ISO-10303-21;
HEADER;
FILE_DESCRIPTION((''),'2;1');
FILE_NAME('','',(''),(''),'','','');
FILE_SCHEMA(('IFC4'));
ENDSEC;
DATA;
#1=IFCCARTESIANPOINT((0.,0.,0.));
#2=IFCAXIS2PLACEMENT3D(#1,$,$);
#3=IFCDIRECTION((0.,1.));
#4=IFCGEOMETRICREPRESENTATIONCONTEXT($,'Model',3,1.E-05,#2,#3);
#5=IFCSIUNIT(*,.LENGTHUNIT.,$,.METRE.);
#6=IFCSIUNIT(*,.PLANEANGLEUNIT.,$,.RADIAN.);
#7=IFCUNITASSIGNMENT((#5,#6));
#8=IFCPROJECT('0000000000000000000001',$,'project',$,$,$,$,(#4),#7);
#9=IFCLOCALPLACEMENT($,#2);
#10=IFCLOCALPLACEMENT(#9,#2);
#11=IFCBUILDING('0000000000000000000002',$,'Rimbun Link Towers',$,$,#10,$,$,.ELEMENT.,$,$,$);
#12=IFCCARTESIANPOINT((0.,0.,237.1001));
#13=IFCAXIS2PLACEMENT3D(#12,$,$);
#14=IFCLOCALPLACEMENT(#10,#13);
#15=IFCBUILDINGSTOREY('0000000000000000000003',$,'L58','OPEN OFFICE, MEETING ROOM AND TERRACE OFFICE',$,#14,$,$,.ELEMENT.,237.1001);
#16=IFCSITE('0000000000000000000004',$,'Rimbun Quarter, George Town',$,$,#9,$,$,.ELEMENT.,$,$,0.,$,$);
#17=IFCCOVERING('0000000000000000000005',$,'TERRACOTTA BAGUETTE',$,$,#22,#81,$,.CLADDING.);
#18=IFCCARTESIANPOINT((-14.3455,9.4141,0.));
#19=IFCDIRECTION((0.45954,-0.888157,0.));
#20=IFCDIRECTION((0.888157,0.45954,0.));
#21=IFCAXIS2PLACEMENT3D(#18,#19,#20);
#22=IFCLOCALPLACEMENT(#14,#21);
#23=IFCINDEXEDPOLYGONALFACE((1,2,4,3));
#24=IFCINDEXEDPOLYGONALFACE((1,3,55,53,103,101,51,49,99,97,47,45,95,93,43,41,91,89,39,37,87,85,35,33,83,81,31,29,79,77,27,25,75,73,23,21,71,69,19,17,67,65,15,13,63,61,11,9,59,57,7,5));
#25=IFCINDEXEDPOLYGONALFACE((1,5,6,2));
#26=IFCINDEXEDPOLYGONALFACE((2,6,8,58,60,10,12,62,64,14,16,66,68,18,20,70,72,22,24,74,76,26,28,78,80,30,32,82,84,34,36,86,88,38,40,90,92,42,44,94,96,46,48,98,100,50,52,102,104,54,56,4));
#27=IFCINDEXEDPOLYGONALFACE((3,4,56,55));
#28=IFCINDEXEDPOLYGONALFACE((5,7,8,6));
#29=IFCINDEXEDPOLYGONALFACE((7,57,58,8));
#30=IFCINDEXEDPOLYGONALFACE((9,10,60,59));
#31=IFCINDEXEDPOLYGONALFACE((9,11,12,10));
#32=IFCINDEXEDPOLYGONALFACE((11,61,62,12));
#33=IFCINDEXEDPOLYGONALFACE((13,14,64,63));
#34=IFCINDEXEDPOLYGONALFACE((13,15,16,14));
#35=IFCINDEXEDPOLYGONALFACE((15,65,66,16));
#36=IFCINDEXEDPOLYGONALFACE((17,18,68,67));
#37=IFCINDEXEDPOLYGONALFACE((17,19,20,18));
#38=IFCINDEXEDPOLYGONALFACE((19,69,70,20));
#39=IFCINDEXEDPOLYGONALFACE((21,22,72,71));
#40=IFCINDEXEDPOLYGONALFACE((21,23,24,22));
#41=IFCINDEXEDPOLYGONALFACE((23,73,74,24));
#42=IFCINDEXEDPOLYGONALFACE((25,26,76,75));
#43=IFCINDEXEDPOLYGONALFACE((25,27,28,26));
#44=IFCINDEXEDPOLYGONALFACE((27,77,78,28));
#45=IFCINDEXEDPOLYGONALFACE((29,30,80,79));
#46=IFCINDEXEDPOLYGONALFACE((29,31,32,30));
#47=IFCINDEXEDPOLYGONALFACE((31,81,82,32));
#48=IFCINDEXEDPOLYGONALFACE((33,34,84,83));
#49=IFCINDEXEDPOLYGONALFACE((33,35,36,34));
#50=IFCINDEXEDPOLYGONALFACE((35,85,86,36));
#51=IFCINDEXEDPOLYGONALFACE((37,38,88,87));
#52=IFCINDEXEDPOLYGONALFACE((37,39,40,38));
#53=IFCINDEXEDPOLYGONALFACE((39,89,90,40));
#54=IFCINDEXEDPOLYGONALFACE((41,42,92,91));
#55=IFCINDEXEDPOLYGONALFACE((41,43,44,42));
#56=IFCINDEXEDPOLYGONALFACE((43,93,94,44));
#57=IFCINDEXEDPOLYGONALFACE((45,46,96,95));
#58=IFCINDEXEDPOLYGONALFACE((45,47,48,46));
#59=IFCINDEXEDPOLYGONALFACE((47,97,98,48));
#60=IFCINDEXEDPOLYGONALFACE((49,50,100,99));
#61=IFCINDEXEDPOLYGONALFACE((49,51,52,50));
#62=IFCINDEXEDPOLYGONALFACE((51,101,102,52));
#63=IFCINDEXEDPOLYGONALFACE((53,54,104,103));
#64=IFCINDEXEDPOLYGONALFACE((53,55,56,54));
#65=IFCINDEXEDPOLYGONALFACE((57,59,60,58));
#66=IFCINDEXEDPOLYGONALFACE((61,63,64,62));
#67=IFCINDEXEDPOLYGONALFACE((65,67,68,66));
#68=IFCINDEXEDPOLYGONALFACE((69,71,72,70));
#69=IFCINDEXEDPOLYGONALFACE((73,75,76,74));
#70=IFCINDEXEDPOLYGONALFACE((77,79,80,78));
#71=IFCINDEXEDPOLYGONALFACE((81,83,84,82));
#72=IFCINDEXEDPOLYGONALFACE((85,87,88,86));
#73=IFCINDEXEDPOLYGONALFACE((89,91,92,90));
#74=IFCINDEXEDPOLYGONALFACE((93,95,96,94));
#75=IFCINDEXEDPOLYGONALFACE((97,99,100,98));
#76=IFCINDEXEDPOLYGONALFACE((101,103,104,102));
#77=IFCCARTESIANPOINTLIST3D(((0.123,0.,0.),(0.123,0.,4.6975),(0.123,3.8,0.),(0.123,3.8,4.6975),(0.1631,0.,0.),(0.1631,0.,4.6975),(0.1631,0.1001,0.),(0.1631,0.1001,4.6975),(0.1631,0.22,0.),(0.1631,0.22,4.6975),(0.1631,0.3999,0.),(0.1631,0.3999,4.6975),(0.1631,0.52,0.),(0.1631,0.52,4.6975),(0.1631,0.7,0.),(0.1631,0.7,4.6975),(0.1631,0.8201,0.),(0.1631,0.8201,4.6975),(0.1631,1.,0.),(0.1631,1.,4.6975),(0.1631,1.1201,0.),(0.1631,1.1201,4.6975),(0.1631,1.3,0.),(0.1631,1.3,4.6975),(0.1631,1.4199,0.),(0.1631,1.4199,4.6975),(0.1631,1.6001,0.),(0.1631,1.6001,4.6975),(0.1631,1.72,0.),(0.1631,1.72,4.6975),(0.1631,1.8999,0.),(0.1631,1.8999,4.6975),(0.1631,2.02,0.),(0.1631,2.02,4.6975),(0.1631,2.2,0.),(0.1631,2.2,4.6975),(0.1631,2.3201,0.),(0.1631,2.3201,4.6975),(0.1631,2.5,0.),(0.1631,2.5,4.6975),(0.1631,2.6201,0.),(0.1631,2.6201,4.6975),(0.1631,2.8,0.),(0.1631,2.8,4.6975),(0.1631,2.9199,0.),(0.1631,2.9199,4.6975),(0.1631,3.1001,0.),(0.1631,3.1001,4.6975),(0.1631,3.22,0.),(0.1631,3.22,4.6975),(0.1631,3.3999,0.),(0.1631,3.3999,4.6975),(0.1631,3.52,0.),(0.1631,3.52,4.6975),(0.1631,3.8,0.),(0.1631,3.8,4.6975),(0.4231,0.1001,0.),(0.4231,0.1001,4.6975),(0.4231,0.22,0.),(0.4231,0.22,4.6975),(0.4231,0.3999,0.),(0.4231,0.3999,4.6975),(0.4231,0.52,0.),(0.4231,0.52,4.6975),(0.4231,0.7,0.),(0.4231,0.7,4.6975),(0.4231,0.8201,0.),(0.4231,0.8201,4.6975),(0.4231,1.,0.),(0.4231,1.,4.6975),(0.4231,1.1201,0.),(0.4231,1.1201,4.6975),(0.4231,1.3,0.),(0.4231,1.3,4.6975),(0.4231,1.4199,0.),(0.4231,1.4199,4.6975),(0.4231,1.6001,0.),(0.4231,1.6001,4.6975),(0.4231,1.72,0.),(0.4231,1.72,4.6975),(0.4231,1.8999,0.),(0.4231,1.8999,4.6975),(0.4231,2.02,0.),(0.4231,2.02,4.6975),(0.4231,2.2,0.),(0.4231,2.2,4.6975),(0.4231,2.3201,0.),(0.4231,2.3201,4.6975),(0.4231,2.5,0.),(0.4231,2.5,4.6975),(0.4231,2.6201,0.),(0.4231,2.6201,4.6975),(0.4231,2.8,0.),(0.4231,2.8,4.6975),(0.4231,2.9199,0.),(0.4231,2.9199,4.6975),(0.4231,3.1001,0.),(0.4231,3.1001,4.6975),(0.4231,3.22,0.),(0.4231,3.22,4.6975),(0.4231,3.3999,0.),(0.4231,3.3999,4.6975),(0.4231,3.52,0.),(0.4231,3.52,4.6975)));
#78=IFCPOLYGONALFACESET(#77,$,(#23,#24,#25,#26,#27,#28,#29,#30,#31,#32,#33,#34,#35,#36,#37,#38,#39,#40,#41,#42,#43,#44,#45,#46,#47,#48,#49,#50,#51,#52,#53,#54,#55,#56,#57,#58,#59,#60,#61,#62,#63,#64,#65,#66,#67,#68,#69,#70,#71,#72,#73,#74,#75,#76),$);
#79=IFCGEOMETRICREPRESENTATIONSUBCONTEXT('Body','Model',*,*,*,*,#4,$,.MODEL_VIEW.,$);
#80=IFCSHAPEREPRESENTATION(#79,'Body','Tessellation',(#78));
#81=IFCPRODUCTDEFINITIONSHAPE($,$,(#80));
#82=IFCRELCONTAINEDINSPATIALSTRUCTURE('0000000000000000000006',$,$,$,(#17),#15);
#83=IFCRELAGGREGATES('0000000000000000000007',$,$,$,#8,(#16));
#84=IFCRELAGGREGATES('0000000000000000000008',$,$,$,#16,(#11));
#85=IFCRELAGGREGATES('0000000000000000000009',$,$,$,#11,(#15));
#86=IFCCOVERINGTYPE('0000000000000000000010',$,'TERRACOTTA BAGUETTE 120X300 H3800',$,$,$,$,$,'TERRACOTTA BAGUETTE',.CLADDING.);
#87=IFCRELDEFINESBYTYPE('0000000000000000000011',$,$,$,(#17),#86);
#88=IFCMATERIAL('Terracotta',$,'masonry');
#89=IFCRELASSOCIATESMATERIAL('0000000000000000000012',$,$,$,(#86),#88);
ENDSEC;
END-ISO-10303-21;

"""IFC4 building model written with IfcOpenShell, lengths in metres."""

from ifc_helpers import new_model, si_unit, direction, frame, origin, place, context, subcontext, project, spatial, polyline, outline, extrude, material, material_profile, profile_set, type_object, element, save


model = new_model("IFC4")

# Units and contexts
model_context = context("Model", 3, precision=1e-05, world=origin(), true_north=direction((0.0, 1.0)))
body_context = subcontext(model_context, "Body", "Model", "MODEL_VIEW")
ifc_project = project(units=[si_unit("LENGTHUNIT", "METRE"), si_unit("PLANEANGLEUNIT", "RADIAN")], contexts=[model_context])

# Site, building, storey
site_placement = place(None, origin())
site = spatial("IfcSite", under=ifc_project, at=site_placement, Name="Rimbun Quarter, George Town", CompositionType="ELEMENT", RefElevation=0.0)
building_placement = place(site_placement, origin())
building = spatial("IfcBuilding", under=site, at=building_placement, Name="Rimbun Link Towers", CompositionType="ELEMENT")
storey_placement = place(building_placement, frame((0.0, 0.0, 237.1001)))
storey = spatial("IfcBuildingStorey", under=building, at=storey_placement, Name="L58", Description="OPEN OFFICE, MEETING ROOM AND TERRACE OFFICE", CompositionType="ELEMENT", Elevation=237.1001)

# Covering
ifc_material_1 = material(Name="Terracotta", Category="masonry")
ifc_material_profile_1 = material_profile(ifc_material_1, outline(polyline([(0.123, 0.0), (0.1631, 0.0), (0.1631, 0.1001), (0.4231, 0.1001), (0.4231, 0.22), (0.1631, 0.22), (0.1631, 0.3999), (0.4231, 0.3999), (0.4231, 0.52), (0.1631, 0.52), (0.1631, 0.7), (0.4231, 0.7), (0.4231, 0.8201), (0.1631, 0.8201), (0.1631, 1.0), (0.4231, 1.0), (0.4231, 1.1201), (0.1631, 1.1201), (0.1631, 1.3), (0.4231, 1.3), (0.4231, 1.4199), (0.1631, 1.4199), (0.1631, 1.6001), (0.4231, 1.6001), (0.4231, 1.72), (0.1631, 1.72), (0.1631, 1.8999), (0.4231, 1.8999), (0.4231, 2.02), (0.1631, 2.02), (0.1631, 2.2), (0.4231, 2.2), (0.4231, 2.3201), (0.1631, 2.3201), (0.1631, 2.5), (0.4231, 2.5), (0.4231, 2.6201), (0.1631, 2.6201), (0.1631, 2.8), (0.4231, 2.8), (0.4231, 2.9199), (0.1631, 2.9199), (0.1631, 3.1001), (0.4231, 3.1001), (0.4231, 3.22), (0.1631, 3.22), (0.1631, 3.3999), (0.4231, 3.3999), (0.4231, 3.52), (0.1631, 3.52), (0.1631, 3.8), (0.123, 3.8), (0.123, 0.0)])), Name="BAGUETTE 120X300")
ifc_profile_set_1 = profile_set([ifc_material_profile_1], Name="Terracotta")
covering_type = type_object("IfcCoveringType", Name="TERRACOTTA BAGUETTE 120X300 H3800", ElementType="TERRACOTTA BAGUETTE", PredefinedType="CLADDING", material=ifc_profile_set_1)
covering_1_placement = place(storey_placement, frame((-14.3455, 9.4141, 0.0), z_axis=(0.45954, -0.888157, 0.0), x_axis=(0.888157, 0.45954, 0.0)))
element("IfcCovering", 1, at=covering_1_placement, inside=storey, type_object=covering_type, Name="TERRACOTTA BAGUETTE", PredefinedType="CLADDING", context=body_context, shape_type="SweptSolid", body=[
    extrude(outline(polyline([(0.123, 0.0), (0.1631, 0.0), (0.1631, 0.1001), (0.4231, 0.1001), (0.4231, 0.22), (0.1631, 0.22), (0.1631, 0.3999), (0.4231, 0.3999), (0.4231, 0.52), (0.1631, 0.52), (0.1631, 0.7), (0.4231, 0.7), (0.4231, 0.8201), (0.1631, 0.8201), (0.1631, 1.0), (0.4231, 1.0), (0.4231, 1.1201), (0.1631, 1.1201), (0.1631, 1.3), (0.4231, 1.3), (0.4231, 1.4199), (0.1631, 1.4199), (0.1631, 1.6001), (0.4231, 1.6001), (0.4231, 1.72), (0.1631, 1.72), (0.1631, 1.8999), (0.4231, 1.8999), (0.4231, 2.02), (0.1631, 2.02), (0.1631, 2.2), (0.4231, 2.2), (0.4231, 2.3201), (0.1631, 2.3201), (0.1631, 2.5), (0.4231, 2.5), (0.4231, 2.6201), (0.1631, 2.6201), (0.1631, 2.8), (0.4231, 2.8), (0.4231, 2.9199), (0.1631, 2.9199), (0.1631, 3.1001), (0.4231, 3.1001), (0.4231, 3.22), (0.1631, 3.22), (0.1631, 3.3999), (0.4231, 3.3999), (0.4231, 3.52), (0.1631, 3.52), (0.1631, 3.8), (0.123, 3.8), (0.123, 0.0)])), origin(), (0.0, 0.0, 1.0), 4.6975),
])

save(model, "model.ifc")
